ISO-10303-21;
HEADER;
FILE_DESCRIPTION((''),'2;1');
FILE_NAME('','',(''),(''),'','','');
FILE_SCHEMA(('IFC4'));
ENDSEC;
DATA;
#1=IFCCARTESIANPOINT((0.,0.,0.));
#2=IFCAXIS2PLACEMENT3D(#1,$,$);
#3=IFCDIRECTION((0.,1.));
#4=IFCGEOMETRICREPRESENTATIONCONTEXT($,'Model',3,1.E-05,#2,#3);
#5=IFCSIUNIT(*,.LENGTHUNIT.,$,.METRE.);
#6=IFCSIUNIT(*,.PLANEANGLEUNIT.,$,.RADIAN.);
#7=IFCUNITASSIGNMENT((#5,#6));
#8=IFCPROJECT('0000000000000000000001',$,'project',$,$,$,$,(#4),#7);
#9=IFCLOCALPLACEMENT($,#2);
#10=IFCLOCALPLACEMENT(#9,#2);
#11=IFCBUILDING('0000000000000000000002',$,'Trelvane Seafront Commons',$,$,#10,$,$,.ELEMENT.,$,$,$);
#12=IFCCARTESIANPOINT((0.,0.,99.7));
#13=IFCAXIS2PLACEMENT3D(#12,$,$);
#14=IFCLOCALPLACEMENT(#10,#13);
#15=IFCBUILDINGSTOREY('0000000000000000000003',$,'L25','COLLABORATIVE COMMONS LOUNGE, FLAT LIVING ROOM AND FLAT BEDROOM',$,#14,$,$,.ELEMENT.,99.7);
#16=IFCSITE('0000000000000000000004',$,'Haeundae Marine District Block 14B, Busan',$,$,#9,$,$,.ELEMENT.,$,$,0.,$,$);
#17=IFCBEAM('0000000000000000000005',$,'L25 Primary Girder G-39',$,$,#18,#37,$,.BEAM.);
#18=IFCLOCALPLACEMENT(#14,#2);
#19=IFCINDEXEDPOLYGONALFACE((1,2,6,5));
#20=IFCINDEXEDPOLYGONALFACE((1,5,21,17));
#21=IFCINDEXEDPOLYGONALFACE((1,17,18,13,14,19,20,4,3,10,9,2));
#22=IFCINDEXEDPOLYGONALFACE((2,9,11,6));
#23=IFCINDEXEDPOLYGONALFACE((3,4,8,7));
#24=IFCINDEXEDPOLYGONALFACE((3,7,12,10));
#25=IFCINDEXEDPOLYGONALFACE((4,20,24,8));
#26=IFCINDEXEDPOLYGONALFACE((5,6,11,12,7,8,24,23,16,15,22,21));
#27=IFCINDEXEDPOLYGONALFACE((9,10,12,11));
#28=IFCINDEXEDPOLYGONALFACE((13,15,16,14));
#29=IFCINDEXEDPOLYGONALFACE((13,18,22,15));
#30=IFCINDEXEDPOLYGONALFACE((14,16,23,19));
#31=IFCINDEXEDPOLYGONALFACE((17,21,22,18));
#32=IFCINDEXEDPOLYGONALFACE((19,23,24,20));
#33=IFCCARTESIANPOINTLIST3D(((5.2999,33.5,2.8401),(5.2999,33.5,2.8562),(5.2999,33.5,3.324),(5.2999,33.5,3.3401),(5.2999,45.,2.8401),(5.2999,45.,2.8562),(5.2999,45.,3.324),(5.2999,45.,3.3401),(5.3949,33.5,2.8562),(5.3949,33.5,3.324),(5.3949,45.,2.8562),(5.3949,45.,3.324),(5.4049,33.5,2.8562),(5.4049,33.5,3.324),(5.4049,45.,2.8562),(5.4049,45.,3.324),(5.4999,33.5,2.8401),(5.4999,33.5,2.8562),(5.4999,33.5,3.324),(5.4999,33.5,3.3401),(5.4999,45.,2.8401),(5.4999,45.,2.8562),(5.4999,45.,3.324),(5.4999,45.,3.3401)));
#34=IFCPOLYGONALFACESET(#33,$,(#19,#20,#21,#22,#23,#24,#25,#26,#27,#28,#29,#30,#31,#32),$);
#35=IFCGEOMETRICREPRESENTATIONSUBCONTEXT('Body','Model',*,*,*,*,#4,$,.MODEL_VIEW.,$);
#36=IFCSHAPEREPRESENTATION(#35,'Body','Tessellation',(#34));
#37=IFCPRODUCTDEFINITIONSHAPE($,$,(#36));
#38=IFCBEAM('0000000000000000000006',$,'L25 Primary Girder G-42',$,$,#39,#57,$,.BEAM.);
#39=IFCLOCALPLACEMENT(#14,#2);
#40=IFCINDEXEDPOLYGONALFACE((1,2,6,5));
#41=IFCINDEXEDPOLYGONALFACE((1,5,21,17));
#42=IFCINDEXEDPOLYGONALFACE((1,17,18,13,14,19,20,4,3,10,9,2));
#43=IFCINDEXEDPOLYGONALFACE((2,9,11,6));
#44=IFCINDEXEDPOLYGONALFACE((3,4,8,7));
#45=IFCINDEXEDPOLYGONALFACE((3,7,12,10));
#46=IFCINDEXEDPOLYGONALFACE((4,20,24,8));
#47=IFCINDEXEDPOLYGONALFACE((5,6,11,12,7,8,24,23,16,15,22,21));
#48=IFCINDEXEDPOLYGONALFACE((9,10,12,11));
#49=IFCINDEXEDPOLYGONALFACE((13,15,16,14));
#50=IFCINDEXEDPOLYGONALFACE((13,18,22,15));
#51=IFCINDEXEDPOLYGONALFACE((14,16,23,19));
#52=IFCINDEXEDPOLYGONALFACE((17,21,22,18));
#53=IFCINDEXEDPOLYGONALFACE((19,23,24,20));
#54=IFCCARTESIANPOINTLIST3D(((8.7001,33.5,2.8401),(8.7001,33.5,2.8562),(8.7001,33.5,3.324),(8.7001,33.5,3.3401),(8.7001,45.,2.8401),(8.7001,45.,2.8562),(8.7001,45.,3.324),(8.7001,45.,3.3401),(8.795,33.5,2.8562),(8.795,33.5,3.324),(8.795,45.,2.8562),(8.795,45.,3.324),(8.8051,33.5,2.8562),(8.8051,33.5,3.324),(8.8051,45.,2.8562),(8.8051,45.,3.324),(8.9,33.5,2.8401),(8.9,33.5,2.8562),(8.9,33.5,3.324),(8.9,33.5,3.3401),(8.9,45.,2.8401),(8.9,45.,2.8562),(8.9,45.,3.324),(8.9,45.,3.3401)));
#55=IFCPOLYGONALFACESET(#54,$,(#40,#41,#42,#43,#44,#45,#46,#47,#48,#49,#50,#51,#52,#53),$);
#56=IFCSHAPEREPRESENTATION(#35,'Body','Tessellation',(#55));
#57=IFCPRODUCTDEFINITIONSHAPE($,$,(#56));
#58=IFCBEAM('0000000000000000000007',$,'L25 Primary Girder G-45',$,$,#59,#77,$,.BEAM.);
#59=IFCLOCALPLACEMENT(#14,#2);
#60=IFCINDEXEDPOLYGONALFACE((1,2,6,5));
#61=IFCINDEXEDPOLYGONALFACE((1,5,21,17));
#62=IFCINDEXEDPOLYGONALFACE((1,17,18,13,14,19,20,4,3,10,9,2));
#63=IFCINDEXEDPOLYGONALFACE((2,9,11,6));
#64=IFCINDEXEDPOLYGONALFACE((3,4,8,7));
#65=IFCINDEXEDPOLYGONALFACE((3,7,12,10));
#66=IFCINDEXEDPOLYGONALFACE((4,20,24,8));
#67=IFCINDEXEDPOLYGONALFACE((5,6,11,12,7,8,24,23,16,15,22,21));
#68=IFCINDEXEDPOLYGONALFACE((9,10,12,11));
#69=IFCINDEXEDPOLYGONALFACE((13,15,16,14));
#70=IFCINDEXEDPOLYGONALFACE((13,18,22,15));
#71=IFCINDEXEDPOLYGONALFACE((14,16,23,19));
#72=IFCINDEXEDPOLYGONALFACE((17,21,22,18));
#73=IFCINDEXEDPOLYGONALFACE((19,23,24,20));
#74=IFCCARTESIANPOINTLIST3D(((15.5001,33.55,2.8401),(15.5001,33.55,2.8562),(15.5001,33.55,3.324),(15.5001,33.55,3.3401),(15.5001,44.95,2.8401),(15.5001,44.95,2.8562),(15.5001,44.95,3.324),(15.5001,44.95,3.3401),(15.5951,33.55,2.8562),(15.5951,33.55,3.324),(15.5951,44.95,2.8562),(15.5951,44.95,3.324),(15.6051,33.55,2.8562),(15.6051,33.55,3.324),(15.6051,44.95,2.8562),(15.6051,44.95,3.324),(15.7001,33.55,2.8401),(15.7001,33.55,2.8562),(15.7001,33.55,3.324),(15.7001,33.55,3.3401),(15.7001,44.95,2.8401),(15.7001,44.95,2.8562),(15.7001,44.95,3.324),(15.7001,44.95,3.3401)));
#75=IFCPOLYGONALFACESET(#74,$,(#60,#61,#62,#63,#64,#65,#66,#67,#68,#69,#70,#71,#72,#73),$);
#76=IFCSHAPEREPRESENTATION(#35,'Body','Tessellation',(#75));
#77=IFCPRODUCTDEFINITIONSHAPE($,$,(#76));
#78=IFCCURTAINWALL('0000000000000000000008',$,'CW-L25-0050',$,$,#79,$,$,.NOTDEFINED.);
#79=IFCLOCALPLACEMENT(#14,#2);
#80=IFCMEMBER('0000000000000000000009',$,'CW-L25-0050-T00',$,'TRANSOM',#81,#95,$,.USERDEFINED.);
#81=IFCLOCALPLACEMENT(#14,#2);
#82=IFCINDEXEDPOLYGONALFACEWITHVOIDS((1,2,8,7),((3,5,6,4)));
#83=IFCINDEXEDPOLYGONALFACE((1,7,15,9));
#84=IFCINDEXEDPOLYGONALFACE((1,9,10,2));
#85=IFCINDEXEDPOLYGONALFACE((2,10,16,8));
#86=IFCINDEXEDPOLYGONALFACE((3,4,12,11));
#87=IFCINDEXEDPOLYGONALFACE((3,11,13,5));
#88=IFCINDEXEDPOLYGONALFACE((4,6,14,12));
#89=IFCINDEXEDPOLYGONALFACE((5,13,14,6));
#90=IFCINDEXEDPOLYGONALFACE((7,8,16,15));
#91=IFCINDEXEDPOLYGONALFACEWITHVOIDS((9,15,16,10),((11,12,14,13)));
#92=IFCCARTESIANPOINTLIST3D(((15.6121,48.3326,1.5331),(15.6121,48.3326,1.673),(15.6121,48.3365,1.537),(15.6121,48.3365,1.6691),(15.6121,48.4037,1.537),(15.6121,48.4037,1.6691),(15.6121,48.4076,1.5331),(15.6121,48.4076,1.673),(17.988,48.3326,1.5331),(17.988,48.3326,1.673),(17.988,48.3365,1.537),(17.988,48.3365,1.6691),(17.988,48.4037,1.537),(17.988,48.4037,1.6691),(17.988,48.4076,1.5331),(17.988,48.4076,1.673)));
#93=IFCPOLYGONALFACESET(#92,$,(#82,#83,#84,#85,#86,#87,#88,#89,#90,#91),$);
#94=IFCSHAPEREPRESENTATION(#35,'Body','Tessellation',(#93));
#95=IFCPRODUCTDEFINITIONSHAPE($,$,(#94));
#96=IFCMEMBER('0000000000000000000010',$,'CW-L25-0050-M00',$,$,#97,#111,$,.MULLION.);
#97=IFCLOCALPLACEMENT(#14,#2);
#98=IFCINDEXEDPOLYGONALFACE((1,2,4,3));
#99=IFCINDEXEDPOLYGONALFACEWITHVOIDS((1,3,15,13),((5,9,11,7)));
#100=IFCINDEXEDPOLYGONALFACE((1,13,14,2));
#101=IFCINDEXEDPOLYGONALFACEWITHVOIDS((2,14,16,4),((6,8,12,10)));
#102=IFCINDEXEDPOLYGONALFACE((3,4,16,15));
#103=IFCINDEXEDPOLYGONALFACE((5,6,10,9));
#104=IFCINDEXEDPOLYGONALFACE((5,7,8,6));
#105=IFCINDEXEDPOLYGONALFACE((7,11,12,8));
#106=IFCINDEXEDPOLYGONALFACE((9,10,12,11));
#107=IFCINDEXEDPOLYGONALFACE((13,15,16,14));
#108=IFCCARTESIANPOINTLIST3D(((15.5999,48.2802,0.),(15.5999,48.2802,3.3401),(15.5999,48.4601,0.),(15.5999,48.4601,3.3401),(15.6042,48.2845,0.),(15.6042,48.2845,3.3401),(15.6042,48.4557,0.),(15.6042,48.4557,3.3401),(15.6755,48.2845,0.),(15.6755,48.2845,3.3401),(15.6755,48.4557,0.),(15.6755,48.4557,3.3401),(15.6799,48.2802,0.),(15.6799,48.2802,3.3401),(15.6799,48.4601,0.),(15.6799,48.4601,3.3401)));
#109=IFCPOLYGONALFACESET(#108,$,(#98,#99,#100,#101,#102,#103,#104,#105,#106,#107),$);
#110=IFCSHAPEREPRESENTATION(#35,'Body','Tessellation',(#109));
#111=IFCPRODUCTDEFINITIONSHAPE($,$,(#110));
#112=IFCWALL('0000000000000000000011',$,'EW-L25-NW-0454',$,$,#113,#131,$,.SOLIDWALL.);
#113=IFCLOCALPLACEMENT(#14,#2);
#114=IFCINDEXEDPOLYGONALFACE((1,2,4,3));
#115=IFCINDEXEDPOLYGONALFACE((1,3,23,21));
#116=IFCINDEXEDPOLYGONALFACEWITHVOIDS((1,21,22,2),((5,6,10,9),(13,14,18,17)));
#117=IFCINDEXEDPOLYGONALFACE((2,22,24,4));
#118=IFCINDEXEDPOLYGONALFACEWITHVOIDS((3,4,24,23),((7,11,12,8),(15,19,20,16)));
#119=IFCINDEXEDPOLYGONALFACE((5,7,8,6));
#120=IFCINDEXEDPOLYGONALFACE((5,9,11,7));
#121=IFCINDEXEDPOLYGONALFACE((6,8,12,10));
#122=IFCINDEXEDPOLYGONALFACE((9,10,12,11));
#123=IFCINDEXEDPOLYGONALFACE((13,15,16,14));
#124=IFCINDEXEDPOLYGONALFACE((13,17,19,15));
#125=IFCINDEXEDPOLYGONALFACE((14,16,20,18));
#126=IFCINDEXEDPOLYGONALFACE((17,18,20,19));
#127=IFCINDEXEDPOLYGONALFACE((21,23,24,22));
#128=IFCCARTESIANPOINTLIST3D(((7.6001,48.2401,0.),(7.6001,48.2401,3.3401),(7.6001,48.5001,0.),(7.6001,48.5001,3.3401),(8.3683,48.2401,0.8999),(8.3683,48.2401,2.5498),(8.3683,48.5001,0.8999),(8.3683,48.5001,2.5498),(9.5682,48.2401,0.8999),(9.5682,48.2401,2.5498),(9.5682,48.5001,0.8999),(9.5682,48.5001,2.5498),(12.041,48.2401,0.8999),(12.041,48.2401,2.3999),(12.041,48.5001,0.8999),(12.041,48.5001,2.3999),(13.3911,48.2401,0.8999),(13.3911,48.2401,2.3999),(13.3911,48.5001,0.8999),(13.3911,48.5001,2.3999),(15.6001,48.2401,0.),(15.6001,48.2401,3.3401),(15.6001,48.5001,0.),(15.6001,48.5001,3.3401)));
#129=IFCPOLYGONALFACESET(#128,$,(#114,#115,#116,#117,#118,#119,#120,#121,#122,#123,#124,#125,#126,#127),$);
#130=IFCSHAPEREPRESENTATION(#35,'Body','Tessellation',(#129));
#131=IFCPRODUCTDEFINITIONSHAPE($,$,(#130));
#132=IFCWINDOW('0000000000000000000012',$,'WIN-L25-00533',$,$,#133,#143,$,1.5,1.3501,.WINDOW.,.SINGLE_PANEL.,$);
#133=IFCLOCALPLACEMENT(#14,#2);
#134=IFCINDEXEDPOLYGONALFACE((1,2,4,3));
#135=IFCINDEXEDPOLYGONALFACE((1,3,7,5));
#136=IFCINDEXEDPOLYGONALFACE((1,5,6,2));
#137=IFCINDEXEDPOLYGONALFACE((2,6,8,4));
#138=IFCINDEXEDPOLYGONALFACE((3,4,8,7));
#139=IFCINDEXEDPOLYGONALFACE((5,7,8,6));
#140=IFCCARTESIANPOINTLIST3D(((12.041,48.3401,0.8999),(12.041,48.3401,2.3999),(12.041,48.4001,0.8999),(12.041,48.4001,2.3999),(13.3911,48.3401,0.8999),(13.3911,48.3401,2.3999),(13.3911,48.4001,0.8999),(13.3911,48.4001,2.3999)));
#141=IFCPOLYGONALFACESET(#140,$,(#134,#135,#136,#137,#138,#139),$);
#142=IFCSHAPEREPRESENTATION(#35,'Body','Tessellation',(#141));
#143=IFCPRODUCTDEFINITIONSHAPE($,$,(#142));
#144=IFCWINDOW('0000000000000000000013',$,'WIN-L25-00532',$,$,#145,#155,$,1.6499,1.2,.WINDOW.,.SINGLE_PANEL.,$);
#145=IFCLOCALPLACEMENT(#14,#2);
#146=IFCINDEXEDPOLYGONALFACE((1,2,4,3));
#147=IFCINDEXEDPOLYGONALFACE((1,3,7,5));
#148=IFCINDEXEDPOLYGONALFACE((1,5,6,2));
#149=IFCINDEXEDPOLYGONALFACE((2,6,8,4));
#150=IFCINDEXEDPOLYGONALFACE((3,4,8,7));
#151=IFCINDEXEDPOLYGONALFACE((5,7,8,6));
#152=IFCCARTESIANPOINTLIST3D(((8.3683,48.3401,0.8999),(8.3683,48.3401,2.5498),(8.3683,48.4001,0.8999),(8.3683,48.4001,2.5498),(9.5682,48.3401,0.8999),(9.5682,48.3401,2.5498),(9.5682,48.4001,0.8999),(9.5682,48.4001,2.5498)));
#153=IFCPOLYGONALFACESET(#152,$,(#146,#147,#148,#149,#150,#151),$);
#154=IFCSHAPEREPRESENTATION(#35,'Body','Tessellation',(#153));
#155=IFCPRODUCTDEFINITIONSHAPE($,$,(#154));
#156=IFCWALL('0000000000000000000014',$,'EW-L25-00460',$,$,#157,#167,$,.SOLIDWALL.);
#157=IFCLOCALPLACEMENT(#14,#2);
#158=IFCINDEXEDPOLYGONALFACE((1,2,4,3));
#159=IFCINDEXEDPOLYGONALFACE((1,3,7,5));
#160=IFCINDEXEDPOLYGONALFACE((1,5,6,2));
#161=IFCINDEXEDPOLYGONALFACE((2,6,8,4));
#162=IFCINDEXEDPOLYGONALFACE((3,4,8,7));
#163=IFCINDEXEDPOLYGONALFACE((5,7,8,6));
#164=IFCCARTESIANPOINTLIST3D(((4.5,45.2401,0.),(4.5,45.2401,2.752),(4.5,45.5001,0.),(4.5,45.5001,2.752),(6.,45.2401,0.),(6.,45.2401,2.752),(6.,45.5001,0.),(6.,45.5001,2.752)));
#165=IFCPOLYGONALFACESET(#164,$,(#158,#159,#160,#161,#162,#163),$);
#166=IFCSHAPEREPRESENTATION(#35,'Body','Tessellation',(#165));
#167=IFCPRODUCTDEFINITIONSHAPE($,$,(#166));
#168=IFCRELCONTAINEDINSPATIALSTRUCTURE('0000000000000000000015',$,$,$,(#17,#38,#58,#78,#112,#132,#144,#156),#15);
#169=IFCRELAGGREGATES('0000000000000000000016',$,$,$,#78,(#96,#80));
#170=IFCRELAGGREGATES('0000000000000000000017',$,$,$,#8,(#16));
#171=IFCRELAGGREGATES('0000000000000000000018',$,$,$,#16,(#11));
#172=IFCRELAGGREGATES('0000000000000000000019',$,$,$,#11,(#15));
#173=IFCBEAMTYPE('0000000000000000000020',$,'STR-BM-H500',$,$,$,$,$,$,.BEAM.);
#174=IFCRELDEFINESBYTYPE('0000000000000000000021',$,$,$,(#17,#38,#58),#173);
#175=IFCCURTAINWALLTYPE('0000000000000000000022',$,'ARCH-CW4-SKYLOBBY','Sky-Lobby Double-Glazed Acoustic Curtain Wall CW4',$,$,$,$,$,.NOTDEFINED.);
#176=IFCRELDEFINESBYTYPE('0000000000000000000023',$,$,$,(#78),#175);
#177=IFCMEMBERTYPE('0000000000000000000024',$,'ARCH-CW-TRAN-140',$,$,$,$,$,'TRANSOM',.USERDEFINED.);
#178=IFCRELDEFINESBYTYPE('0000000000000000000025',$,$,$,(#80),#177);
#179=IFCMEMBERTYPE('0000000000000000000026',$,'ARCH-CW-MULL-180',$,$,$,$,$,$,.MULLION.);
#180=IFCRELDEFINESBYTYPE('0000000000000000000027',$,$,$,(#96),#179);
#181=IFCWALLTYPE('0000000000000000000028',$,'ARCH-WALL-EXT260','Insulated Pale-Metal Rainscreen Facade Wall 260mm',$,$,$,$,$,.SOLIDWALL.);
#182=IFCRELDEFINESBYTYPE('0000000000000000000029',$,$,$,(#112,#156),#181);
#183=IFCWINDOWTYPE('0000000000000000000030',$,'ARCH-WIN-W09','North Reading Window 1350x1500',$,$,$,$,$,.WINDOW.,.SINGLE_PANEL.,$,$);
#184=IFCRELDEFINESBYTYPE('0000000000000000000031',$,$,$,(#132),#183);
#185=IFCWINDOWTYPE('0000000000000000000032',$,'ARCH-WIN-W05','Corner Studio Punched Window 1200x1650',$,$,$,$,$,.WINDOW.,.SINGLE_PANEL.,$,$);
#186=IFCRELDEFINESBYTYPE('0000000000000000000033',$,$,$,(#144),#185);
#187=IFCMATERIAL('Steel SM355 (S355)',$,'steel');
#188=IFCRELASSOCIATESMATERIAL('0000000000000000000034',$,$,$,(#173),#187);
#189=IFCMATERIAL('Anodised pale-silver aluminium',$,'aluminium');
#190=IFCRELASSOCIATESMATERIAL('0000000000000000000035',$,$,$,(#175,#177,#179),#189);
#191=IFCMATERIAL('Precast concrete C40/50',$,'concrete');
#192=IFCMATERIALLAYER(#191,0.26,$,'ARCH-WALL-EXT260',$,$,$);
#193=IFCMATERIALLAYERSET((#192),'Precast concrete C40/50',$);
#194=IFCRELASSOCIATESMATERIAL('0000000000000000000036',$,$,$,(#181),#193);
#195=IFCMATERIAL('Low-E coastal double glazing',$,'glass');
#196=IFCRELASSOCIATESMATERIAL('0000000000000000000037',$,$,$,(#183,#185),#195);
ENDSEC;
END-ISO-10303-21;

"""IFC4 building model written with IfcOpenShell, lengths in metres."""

from ifc_helpers import new_model, si_unit, direction, frame, frame_2d, origin, origin_2d, place, context, subcontext, project, spatial, rectangle, hollow_rectangle, i_section, extrude, source, transform, mapped, material, layer, layer_set, material_profile, profile_set, type_object, element, fill, aggregate, save


model = new_model("IFC4")

# Units and contexts
model_context = context("Model", 3, precision=1e-05, world=origin(), true_north=direction((0.0, 1.0)))
body_context = subcontext(model_context, "Body", "Model", "MODEL_VIEW")
ifc_project = project(units=[si_unit("LENGTHUNIT", "METRE"), si_unit("PLANEANGLEUNIT", "RADIAN")], contexts=[model_context])

# Site, building, storey
site_placement = place(None, origin())
site = spatial("IfcSite", under=ifc_project, at=site_placement, Name="Haeundae Marine District Block 14B, Busan", CompositionType="ELEMENT", RefElevation=0.0)
building_placement = place(site_placement, origin())
building = spatial("IfcBuilding", under=site, at=building_placement, Name="Trelvane Seafront Commons", CompositionType="ELEMENT")
storey_placement = place(building_placement, frame((0.0, 0.0, 99.7)))
storey = spatial("IfcBuildingStorey", under=building, at=storey_placement, Name="L25", Description="COLLABORATIVE COMMONS LOUNGE, FLAT LIVING ROOM AND FLAT BEDROOM", CompositionType="ELEMENT", Elevation=99.7)

# Shared definitions
ifc_material_1 = material(Name="Steel SM355 (S355)", Category="steel")

# Beams
ifc_material_profile_1 = material_profile(ifc_material_1, i_section(OverallWidth=0.2, OverallDepth=0.5, WebThickness=0.01, FlangeThickness=0.0161, at=origin_2d()), Name="H-500x200x10x16")
ifc_profile_set_1 = profile_set([ifc_material_profile_1], Name="Steel SM355 (S355)")
beam_type_1 = type_object("IfcBeamType", Name="STR-BM-H500", PredefinedType="BEAM", material=ifc_profile_set_1)
shared_shape_1 = source(origin(), body_context, "Body", "SweptSolid", [
    extrude(i_section(OverallWidth=0.2, OverallDepth=0.5, WebThickness=0.01, FlangeThickness=0.0161, at=origin_2d()), origin(), (0.0, 0.0, 1.0), 11.5),
])
for number, where, z_axis, x_axis, name in (
    (1, (5.3999, 33.5, 3.0901), (0.0, 1.0, 0.0), (-1.0, 0.0, 0.0), "L25 Primary Girder G-39"),
    (2, (8.8, 33.5, 3.0901), (0.0, 1.0, 0.0), (-1.0, 0.0, 0.0), "L25 Primary Girder G-42"),
):
    element("IfcBeam", number, at=place(storey_placement, frame(where, z_axis=z_axis, x_axis=x_axis)), inside=storey, type_object=beam_type_1, Name=name, PredefinedType="BEAM", context=body_context, shape_type="MappedRepresentation", body=[
        mapped(shared_shape_1, transform((0.0, 0.0, 0.0), x_axis=(1.0, 0.0, 0.0), y_axis=(0.0, 1.0, 0.0), z_axis=(0.0, 0.0, 1.0), scale=1.0)),
    ])
shared_shape_2 = source(origin(), body_context, "Body", "SweptSolid", [
    extrude(i_section(OverallWidth=0.2, OverallDepth=0.5, WebThickness=0.01, FlangeThickness=0.0161, at=origin_2d()), origin(), (0.0, 0.0, 1.0), 11.3999),
])
beam_1_placement = place(storey_placement, frame((15.6001, 33.55, 3.0901), z_axis=(0.0, 1.0, 0.0), x_axis=(-1.0, 0.0, 0.0)))
element("IfcBeam", 3, at=beam_1_placement, inside=storey, type_object=beam_type_1, Name="L25 Primary Girder G-45", PredefinedType="BEAM", context=body_context, shape_type="MappedRepresentation", body=[
    mapped(shared_shape_2, transform((0.0, 0.0, 0.0), x_axis=(1.0, 0.0, 0.0), y_axis=(0.0, 1.0, 0.0), z_axis=(0.0, 0.0, 1.0), scale=1.0)),
])

# Curtain wall, members
ifc_material_2 = material(Name="Anodised pale-silver aluminium", Category="aluminium")
curtain_wall_type = type_object("IfcCurtainWallType", Name="ARCH-CW4-SKYLOBBY", Description="Sky-Lobby Double-Glazed Acoustic Curtain Wall CW4", PredefinedType="NOTDEFINED", material=ifc_material_2)
curtain_wall_placement = place(storey_placement, origin())
curtain_wall = element("IfcCurtainWall", 4, at=curtain_wall_placement, inside=storey, type_object=curtain_wall_type, Name="CW-L25-0050", PredefinedType="NOTDEFINED")
ifc_material_profile_2 = material_profile(ifc_material_2, hollow_rectangle(XDim=0.075, YDim=0.1399, WallThickness=0.0039, at=origin_2d()), Name="TRAN-75x140x4")
ifc_profile_set_2 = profile_set([ifc_material_profile_2], Name="Anodised pale-silver aluminium")
member_type_1 = type_object("IfcMemberType", Name="ARCH-CW-TRAN-140", ElementType="TRANSOM", PredefinedType="USERDEFINED", material=ifc_profile_set_2)
shared_shape_3 = source(origin(), body_context, "Body", "SweptSolid", [
    extrude(hollow_rectangle(XDim=0.075, YDim=0.1399, WallThickness=0.0039, at=origin_2d()), origin(), (0.0, 0.0, 1.0), 2.376),
])
member_1_placement = place(storey_placement, frame((15.6121, 48.3701, 1.603), z_axis=(1.0, 0.0, 0.0), x_axis=(0.0, 1.0, 0.0)))
member_1 = element("IfcMember", 5, at=member_1_placement, type_object=member_type_1, Name="CW-L25-0050-T00", ObjectType="TRANSOM", PredefinedType="USERDEFINED", context=body_context, shape_type="MappedRepresentation", body=[
    mapped(shared_shape_3, transform((0.0, 0.0, 0.0), x_axis=(1.0, 0.0, 0.0), y_axis=(0.0, 1.0, 0.0), z_axis=(0.0, 0.0, 1.0), scale=1.0)),
])
ifc_material_profile_3 = material_profile(ifc_material_2, hollow_rectangle(XDim=0.0801, YDim=0.1799, WallThickness=0.0044, at=origin_2d()), Name="MULL-80x180x4.5")
ifc_profile_set_3 = profile_set([ifc_material_profile_3], Name="Anodised pale-silver aluminium")
member_type_2 = type_object("IfcMemberType", Name="ARCH-CW-MULL-180", PredefinedType="MULLION", material=ifc_profile_set_3)
shared_shape_4 = source(origin(), body_context, "Body", "SweptSolid", [
    extrude(hollow_rectangle(XDim=0.0801, YDim=0.1799, WallThickness=0.0044, at=origin_2d()), origin(), (0.0, 0.0, 1.0), 3.3401),
])
member_2_placement = place(storey_placement, frame((15.6399, 48.3701, 0.0), z_axis=(0.0, 0.0, 1.0), x_axis=(1.0, 0.0, 0.0)))
member_2 = element("IfcMember", 6, at=member_2_placement, type_object=member_type_2, Name="CW-L25-0050-M00", PredefinedType="MULLION", context=body_context, shape_type="MappedRepresentation", body=[
    mapped(shared_shape_4, transform((0.0, 0.0, 0.0), x_axis=(1.0, 0.0, 0.0), y_axis=(0.0, 1.0, 0.0), z_axis=(0.0, 0.0, 1.0), scale=1.0)),
])
aggregate(curtain_wall, [member_2, member_1])

# Wall, openings, windows
ifc_material_3 = material(Name="Precast concrete C40/50", Category="concrete")
ifc_layer_1 = layer(ifc_material_3, 0.26, Name="ARCH-WALL-EXT260")
ifc_layer_set_1 = layer_set([ifc_layer_1], Name="Precast concrete C40/50")
wall_type_1 = type_object("IfcWallType", Name="ARCH-WALL-EXT260", Description="Insulated Pale-Metal Rainscreen Facade Wall 260mm", PredefinedType="SOLIDWALL", material=ifc_layer_set_1)
wall_1_placement = place(storey_placement, frame((7.6001, 48.3701, 0.0), z_axis=(0.0, 0.0, 1.0), x_axis=(1.0, 0.0, 0.0)))
wall_1 = element("IfcWall", 7, at=wall_1_placement, inside=storey, type_object=wall_type_1, Name="EW-L25-NW-0454", PredefinedType="SOLIDWALL", context=body_context, shape_type="SweptSolid", body=[
    extrude(rectangle(XDim=8.0, YDim=0.26, at=frame_2d((4.0, 0.0))), origin(), (0.0, 0.0, 1.0), 3.3401),
])
opening_1_placement = place(wall_1_placement, frame((0.7681, 0.0, 0.8999)))
opening_1 = element("IfcOpeningElement", 8, at=opening_1_placement, cuts=wall_1, PredefinedType="OPENING", context=body_context, shape_type="SweptSolid", body=[
    extrude(rectangle(XDim=1.2, YDim=1.6499, at=frame_2d((0.6001, 0.825))), frame((0.0, 0.1399, 0.0), z_axis=(0.0, -1.0, 0.0), x_axis=(1.0, 0.0, 0.0)), (0.0, 0.0, 1.0), 0.28),
])
opening_2_placement = place(wall_1_placement, frame((4.4409, 0.0, 0.8999)))
opening_2 = element("IfcOpeningElement", 9, at=opening_2_placement, cuts=wall_1, PredefinedType="OPENING", context=body_context, shape_type="SweptSolid", body=[
    extrude(rectangle(XDim=1.3501, YDim=1.5, at=frame_2d((0.675, 0.75))), frame((0.0, 0.1399, 0.0), z_axis=(0.0, -1.0, 0.0), x_axis=(1.0, 0.0, 0.0)), (0.0, 0.0, 1.0), 0.28),
])
ifc_material_4 = material(Name="Low-E coastal double glazing", Category="glass")
window_type_1 = type_object("IfcWindowType", Name="ARCH-WIN-W09", Description="North Reading Window 1350x1500", PartitioningType="SINGLE_PANEL", PredefinedType="WINDOW", material=ifc_material_4)
shared_shape_5 = source(origin(), body_context, "Body", "SweptSolid", [
    extrude(rectangle(XDim=1.3501, YDim=1.5, at=frame_2d((0.675, 0.75))), frame((0.0, 0.03, 0.0), z_axis=(0.0, -1.0, 0.0), x_axis=(1.0, 0.0, 0.0)), (0.0, 0.0, 1.0), 0.0601),
])
window_1_placement = place(opening_2_placement, origin())
window_1 = element("IfcWindow", 10, at=window_1_placement, inside=storey, type_object=window_type_1, Name="WIN-L25-00533", OverallHeight=1.5, OverallWidth=1.3501, PartitioningType="SINGLE_PANEL", PredefinedType="WINDOW", context=body_context, shape_type="MappedRepresentation", body=[
    mapped(shared_shape_5, transform((0.0, 0.0, 0.0), x_axis=(1.0, 0.0, 0.0), y_axis=(0.0, 1.0, 0.0), z_axis=(0.0, 0.0, 1.0), scale=1.0)),
])
fill(opening_2, window_1)
window_type_2 = type_object("IfcWindowType", Name="ARCH-WIN-W05", Description="Corner Studio Punched Window 1200x1650", PartitioningType="SINGLE_PANEL", PredefinedType="WINDOW", material=ifc_material_4)
shared_shape_6 = source(origin(), body_context, "Body", "SweptSolid", [
    extrude(rectangle(XDim=1.2, YDim=1.6499, at=frame_2d((0.6001, 0.825))), frame((0.0, 0.03, 0.0), z_axis=(0.0, -1.0, 0.0), x_axis=(1.0, 0.0, 0.0)), (0.0, 0.0, 1.0), 0.0601),
])
window_2_placement = place(opening_1_placement, origin())
window_2 = element("IfcWindow", 11, at=window_2_placement, inside=storey, type_object=window_type_2, Name="WIN-L25-00532", OverallHeight=1.6499, OverallWidth=1.2, PartitioningType="SINGLE_PANEL", PredefinedType="WINDOW", context=body_context, shape_type="MappedRepresentation", body=[
    mapped(shared_shape_6, transform((0.0, 0.0, 0.0), x_axis=(1.0, 0.0, 0.0), y_axis=(0.0, 1.0, 0.0), z_axis=(0.0, 0.0, 1.0), scale=1.0)),
])
fill(opening_1, window_2)

# Wall
wall_2_placement = place(storey_placement, frame((4.5, 45.3701, 0.0), z_axis=(0.0, 0.0, 1.0), x_axis=(1.0, 0.0, 0.0)))
element("IfcWall", 12, at=wall_2_placement, inside=storey, type_object=wall_type_1, Name="EW-L25-00460", PredefinedType="SOLIDWALL", context=body_context, shape_type="SweptSolid", body=[
    extrude(rectangle(XDim=1.5, YDim=0.26, at=frame_2d((0.75, 0.0))), origin(), (0.0, 0.0, 1.0), 2.752),
])

save(model, "model.ifc")
